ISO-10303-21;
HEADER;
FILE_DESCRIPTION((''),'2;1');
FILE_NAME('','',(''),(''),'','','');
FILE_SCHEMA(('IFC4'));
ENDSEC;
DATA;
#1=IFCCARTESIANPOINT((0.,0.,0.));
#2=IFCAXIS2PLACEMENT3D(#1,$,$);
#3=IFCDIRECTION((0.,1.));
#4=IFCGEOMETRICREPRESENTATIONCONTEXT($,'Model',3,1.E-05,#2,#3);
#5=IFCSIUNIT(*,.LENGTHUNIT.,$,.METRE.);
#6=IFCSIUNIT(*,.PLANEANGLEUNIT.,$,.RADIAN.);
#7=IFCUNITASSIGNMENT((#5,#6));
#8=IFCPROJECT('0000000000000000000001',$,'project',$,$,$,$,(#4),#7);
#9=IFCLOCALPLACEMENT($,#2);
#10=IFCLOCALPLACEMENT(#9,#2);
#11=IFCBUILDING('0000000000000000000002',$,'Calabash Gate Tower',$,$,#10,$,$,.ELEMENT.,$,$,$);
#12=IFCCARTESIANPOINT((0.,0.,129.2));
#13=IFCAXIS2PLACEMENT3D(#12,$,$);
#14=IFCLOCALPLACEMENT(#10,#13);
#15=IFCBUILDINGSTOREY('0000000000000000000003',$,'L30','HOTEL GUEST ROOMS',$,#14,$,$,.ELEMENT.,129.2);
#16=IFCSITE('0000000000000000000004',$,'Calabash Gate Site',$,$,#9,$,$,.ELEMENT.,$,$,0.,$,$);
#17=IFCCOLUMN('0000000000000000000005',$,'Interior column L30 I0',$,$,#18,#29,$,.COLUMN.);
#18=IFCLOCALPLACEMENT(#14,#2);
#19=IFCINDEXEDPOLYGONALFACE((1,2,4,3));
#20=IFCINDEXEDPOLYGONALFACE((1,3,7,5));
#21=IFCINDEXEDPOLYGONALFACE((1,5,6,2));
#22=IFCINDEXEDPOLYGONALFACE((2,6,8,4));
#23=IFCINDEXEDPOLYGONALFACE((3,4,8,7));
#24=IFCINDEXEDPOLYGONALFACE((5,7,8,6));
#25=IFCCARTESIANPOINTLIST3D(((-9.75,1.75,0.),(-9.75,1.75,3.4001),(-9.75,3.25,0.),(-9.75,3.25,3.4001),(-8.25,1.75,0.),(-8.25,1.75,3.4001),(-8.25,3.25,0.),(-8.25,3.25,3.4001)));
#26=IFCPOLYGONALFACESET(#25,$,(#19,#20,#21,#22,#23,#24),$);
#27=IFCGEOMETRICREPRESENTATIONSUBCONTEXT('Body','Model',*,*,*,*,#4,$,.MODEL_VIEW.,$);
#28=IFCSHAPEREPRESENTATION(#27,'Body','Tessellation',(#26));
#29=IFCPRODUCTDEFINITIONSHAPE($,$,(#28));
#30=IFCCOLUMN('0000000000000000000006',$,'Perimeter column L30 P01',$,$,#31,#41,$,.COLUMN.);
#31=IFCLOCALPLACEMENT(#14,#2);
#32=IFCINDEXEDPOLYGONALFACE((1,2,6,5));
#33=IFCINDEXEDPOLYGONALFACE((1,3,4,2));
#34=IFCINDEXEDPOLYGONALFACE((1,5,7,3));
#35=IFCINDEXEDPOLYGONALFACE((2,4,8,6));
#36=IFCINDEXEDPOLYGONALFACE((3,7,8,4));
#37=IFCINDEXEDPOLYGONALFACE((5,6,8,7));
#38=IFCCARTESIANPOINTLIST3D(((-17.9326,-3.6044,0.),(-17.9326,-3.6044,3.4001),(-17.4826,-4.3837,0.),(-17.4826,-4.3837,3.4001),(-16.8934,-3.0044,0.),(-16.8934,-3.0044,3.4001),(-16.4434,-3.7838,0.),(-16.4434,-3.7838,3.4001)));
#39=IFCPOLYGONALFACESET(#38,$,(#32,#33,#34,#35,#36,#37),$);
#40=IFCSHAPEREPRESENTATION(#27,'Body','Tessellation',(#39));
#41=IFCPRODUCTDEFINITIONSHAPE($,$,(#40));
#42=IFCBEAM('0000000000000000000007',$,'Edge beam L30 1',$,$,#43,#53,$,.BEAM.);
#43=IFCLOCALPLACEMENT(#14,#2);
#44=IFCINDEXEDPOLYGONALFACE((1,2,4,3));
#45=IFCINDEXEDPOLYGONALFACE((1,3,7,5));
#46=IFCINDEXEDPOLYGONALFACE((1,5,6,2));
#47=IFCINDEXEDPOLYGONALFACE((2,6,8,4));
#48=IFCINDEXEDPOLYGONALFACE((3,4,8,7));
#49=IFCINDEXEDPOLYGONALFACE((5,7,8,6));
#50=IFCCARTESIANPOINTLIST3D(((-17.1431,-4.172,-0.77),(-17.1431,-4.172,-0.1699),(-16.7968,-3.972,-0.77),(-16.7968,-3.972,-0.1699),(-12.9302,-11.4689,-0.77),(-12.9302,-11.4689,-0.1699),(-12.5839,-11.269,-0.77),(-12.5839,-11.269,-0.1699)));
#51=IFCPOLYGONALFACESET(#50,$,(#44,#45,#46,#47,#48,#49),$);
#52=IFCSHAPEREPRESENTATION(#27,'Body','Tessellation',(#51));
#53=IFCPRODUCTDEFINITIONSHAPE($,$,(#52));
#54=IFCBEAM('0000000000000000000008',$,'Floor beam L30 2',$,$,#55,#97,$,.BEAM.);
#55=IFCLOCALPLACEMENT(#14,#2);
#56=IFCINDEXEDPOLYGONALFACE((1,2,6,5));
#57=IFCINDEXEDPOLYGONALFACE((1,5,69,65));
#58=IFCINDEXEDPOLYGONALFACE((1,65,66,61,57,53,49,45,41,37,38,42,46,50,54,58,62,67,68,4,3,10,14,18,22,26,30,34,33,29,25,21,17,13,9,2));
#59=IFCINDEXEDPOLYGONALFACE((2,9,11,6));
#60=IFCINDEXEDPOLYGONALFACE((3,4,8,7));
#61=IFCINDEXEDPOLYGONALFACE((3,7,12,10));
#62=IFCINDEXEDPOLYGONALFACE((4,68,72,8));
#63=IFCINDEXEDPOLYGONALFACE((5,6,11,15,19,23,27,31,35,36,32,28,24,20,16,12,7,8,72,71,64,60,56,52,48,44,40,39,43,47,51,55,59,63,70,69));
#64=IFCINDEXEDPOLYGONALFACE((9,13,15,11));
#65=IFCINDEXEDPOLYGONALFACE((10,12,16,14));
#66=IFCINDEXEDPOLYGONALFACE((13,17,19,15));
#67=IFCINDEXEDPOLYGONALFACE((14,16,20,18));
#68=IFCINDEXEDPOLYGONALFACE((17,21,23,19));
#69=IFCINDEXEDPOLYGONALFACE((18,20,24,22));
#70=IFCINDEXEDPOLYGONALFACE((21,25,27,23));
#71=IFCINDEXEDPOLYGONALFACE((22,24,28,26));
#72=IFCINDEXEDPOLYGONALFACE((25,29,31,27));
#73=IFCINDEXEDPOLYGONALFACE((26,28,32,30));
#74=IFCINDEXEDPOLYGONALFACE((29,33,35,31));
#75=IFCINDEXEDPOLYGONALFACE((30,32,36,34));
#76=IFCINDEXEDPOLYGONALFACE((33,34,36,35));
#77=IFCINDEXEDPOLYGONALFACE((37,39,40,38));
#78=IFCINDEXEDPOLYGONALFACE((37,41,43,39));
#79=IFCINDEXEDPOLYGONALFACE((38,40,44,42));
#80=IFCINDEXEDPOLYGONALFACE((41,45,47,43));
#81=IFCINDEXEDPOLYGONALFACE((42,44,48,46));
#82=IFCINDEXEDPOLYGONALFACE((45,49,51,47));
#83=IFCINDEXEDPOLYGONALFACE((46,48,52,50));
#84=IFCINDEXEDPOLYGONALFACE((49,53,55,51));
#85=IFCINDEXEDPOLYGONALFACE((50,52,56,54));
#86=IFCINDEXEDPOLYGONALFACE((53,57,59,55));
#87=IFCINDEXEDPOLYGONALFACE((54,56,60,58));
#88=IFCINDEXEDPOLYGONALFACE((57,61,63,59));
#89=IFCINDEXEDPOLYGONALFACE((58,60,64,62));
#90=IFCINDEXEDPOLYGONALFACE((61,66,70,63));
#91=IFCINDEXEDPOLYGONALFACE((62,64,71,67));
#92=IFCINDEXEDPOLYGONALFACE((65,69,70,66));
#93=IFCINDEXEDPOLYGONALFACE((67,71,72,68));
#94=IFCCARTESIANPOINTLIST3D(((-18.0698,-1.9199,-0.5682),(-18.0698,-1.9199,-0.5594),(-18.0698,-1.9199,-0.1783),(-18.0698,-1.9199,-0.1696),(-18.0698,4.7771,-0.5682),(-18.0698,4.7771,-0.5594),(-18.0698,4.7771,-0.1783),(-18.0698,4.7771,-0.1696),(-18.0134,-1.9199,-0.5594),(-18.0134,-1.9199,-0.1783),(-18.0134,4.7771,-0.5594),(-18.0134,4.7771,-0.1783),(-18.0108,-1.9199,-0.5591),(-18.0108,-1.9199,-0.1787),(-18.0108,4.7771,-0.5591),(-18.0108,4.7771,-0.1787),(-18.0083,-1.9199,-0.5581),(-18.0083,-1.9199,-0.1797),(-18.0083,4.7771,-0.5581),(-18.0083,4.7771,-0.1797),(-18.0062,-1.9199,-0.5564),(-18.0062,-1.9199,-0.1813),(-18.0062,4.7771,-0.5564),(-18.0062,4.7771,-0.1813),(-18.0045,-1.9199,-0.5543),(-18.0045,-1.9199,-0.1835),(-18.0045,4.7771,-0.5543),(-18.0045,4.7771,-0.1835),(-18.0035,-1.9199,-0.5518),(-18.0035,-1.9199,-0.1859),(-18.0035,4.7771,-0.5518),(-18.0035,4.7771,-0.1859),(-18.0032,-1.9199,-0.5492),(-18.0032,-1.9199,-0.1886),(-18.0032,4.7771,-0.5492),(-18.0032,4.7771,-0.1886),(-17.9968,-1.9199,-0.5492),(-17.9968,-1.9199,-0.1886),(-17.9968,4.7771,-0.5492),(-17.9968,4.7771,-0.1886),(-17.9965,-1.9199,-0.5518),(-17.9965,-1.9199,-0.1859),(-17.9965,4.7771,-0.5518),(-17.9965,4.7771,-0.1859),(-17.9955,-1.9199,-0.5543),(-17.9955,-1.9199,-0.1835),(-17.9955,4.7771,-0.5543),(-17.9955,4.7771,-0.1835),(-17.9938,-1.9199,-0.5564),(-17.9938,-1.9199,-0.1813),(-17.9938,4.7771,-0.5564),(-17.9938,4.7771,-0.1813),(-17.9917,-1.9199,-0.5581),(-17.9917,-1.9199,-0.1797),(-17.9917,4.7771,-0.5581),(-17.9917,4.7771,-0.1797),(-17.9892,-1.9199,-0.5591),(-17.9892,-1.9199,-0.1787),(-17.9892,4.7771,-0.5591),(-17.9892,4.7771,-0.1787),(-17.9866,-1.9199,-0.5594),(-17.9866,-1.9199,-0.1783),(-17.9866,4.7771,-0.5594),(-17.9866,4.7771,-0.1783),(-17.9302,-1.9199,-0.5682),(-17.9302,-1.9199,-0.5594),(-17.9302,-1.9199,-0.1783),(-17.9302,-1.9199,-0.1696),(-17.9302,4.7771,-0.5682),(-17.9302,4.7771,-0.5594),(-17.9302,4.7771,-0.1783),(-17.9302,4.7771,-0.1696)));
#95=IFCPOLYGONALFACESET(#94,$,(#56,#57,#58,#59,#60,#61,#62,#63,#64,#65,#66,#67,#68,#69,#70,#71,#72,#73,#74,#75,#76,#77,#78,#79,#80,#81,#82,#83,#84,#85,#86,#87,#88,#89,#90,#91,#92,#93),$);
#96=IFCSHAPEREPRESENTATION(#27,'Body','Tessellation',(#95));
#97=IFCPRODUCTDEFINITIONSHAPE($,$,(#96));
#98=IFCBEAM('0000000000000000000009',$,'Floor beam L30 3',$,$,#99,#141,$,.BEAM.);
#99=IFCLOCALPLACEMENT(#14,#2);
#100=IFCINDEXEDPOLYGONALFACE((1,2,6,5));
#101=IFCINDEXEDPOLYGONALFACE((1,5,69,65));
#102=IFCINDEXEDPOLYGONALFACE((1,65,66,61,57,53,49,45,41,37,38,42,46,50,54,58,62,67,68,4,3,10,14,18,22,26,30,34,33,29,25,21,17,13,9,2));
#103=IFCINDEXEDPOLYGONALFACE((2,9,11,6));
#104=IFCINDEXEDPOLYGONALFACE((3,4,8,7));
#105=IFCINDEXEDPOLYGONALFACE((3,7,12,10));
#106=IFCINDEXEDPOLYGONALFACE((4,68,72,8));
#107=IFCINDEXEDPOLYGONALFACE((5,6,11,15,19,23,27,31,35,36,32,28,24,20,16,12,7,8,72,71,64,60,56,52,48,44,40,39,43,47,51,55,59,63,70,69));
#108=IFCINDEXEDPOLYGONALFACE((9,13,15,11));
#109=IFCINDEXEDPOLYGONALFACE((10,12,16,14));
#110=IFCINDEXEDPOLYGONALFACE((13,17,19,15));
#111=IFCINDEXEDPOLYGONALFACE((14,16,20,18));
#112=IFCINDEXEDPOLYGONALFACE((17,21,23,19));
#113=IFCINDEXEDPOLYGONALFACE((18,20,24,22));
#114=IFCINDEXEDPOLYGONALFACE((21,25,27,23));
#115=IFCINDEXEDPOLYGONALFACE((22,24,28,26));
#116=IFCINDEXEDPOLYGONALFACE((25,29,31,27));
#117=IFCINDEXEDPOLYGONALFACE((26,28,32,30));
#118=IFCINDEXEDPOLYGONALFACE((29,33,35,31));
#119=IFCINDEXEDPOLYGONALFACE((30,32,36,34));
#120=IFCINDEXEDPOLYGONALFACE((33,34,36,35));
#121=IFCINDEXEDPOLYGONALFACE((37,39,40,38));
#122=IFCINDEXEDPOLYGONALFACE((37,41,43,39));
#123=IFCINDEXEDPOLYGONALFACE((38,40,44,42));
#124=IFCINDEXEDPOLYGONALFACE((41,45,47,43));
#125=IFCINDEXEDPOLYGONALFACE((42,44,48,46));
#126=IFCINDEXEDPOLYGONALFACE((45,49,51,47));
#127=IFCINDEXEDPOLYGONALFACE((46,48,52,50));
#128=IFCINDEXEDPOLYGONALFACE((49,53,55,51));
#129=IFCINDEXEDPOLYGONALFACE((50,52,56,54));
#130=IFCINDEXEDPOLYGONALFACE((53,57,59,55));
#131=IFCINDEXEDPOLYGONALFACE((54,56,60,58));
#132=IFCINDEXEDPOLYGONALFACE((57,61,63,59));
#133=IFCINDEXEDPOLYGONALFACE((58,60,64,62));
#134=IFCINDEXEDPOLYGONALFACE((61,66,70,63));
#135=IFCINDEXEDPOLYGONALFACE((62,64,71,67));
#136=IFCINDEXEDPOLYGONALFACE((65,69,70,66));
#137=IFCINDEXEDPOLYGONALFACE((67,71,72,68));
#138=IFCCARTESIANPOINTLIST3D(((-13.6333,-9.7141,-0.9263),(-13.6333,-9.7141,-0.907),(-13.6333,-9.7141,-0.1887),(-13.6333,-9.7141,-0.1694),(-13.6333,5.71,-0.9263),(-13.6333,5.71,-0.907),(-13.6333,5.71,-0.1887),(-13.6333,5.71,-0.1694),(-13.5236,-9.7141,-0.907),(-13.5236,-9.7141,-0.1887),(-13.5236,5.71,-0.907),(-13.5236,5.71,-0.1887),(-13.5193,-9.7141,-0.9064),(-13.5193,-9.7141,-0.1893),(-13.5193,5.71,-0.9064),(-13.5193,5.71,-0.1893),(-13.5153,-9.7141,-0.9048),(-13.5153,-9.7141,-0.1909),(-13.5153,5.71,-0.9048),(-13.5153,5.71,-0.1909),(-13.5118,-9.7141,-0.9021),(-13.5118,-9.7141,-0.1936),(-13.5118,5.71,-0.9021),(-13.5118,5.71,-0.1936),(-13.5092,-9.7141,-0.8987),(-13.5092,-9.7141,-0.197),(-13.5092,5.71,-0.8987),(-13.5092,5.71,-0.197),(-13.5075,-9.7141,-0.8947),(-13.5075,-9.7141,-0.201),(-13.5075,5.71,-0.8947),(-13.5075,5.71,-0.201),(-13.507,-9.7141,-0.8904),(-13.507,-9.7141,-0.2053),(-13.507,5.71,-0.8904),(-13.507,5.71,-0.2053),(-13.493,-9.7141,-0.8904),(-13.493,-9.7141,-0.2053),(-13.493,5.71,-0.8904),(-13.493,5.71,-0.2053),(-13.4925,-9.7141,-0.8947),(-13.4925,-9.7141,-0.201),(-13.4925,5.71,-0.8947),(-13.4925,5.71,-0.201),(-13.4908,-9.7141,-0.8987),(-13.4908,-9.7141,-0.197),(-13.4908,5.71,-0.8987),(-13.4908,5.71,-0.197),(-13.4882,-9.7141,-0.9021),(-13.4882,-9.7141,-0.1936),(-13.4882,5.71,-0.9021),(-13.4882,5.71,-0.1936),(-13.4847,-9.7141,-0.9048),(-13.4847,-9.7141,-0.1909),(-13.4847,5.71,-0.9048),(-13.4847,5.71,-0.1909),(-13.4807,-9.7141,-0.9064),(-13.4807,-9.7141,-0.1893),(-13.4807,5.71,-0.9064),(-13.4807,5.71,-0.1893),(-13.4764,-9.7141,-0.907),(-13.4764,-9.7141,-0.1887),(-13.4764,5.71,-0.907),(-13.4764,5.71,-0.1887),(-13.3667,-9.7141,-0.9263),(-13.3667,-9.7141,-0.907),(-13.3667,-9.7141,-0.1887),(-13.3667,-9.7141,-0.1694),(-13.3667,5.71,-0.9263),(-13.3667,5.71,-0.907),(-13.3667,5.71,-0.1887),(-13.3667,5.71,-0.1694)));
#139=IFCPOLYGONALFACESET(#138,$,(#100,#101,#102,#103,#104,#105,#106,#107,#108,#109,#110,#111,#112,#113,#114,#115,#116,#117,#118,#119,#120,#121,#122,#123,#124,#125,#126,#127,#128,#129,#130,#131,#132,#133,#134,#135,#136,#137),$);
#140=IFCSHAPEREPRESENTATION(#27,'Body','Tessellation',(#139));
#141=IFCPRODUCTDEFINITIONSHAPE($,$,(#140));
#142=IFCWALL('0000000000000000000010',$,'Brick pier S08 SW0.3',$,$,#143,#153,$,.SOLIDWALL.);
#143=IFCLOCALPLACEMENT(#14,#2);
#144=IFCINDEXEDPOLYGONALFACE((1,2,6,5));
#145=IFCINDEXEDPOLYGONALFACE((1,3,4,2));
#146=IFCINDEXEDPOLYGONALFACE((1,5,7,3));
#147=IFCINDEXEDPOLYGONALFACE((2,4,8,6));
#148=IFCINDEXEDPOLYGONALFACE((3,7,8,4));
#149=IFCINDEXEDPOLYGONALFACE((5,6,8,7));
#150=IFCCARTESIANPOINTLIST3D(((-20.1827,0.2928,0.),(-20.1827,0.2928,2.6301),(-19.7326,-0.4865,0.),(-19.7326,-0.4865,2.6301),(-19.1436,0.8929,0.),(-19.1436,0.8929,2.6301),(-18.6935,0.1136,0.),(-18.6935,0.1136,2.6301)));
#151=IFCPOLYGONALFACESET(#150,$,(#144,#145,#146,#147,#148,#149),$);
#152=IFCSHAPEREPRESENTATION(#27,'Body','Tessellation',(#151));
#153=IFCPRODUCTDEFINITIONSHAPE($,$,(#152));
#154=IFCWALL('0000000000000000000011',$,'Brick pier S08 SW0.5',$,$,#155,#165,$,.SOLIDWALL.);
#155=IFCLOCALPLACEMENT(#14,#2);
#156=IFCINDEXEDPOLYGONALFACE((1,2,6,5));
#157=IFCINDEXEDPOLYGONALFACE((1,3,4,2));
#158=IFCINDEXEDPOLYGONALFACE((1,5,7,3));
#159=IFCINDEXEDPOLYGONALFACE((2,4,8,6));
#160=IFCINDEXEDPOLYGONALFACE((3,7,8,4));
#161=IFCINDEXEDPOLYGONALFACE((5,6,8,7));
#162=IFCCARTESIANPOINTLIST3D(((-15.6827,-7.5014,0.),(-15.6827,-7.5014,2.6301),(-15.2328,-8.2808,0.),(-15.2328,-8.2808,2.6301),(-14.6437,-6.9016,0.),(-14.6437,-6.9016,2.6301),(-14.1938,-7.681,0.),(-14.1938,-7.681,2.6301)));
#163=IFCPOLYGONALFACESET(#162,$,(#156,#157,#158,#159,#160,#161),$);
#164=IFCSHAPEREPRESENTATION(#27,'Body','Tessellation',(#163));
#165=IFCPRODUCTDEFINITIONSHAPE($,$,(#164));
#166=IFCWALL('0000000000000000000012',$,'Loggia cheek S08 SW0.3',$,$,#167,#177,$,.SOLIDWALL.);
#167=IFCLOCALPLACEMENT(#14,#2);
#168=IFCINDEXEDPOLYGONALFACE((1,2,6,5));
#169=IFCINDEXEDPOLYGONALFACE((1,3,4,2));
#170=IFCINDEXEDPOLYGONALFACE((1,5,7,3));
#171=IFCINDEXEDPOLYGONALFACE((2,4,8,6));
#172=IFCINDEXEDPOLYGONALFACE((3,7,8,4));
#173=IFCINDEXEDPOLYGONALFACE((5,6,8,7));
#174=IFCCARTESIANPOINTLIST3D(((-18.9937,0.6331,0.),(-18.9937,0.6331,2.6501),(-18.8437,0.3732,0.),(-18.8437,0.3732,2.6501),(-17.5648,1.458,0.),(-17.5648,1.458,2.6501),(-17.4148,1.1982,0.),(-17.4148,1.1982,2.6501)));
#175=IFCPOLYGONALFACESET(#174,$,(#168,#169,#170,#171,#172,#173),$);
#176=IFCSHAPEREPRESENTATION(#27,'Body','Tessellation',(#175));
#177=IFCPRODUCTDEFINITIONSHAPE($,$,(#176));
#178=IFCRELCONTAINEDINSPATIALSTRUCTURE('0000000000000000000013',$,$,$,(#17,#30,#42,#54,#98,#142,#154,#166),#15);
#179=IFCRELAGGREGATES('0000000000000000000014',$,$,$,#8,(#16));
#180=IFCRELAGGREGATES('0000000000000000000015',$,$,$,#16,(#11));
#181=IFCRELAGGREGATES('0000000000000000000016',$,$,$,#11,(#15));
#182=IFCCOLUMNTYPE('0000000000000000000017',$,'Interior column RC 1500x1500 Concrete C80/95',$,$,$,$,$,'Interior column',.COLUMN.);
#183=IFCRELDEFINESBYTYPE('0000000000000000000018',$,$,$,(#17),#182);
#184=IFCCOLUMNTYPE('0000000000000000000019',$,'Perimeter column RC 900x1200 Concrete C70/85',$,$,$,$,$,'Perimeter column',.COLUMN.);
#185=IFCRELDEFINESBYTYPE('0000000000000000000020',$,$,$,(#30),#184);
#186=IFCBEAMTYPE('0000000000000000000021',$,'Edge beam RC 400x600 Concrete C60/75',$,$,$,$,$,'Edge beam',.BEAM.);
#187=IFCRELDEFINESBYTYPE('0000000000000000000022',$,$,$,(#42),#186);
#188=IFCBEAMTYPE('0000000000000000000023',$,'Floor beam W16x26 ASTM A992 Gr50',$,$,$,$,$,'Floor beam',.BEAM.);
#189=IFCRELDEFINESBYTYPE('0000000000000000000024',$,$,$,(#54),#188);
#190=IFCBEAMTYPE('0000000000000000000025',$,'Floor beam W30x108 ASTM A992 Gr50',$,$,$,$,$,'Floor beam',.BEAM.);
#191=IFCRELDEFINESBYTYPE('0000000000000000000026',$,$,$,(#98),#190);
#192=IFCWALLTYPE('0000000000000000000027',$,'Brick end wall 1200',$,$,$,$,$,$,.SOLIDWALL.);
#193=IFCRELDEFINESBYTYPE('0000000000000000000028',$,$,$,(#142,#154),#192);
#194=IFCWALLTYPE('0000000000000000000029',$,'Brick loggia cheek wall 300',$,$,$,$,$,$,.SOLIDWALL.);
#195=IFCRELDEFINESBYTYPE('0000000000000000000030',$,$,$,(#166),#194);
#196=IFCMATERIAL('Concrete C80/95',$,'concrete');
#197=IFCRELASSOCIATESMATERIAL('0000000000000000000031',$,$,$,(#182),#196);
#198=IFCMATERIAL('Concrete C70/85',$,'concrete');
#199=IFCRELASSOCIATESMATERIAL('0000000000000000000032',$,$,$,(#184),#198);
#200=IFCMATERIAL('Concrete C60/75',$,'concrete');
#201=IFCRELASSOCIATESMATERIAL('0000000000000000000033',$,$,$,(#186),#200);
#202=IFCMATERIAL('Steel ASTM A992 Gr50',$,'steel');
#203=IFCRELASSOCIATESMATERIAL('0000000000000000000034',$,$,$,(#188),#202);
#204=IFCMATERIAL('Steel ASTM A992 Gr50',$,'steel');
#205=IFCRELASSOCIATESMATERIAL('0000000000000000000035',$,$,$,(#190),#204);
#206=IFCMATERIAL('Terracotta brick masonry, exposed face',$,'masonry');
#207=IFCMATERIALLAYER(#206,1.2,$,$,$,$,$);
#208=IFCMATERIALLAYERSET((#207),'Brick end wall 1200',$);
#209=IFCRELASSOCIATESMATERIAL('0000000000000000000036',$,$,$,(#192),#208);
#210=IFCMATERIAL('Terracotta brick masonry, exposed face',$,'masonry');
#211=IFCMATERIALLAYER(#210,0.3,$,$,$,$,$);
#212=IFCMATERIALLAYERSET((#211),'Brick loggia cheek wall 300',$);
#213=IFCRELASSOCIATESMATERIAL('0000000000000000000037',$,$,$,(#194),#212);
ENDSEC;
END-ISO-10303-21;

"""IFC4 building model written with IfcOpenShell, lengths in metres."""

from ifc_helpers import new_model, si_unit, direction, frame, frame_2d, origin, origin_2d, place, context, subcontext, project, spatial, rectangle, i_section, extrude, material, layer, layer_set, material_profile, profile_set, type_object, element, save


model = new_model("IFC4")

# Units and contexts
model_context = context("Model", 3, precision=1e-05, world=origin(), true_north=direction((0.0, 1.0)))
body_context = subcontext(model_context, "Body", "Model", "MODEL_VIEW")
ifc_project = project(units=[si_unit("LENGTHUNIT", "METRE"), si_unit("PLANEANGLEUNIT", "RADIAN")], contexts=[model_context])

# Site, building, storey
site_placement = place(None, origin())
site = spatial("IfcSite", under=ifc_project, at=site_placement, Name="Calabash Gate Site", CompositionType="ELEMENT", RefElevation=0.0)
building_placement = place(site_placement, origin())
building = spatial("IfcBuilding", under=site, at=building_placement, Name="Calabash Gate Tower", CompositionType="ELEMENT")
storey_placement = place(building_placement, frame((0.0, 0.0, 129.2)))
storey = spatial("IfcBuildingStorey", under=building, at=storey_placement, Name="L30", Description="HOTEL GUEST ROOMS", CompositionType="ELEMENT", Elevation=129.2)

# Columns
ifc_material_1 = material(Name="Concrete C80/95", Category="concrete")
ifc_material_profile_1 = material_profile(ifc_material_1, rectangle(XDim=1.5, YDim=1.5, at=origin_2d()))
ifc_profile_set_1 = profile_set([ifc_material_profile_1], Name="Concrete C80/95")
column_type_1 = type_object("IfcColumnType", Name="Interior column RC 1500x1500 Concrete C80/95", ElementType="Interior column", PredefinedType="COLUMN", material=ifc_profile_set_1)
column_1_placement = place(storey_placement, frame((-9.0, 2.5, 0.0), z_axis=(0.0, 0.0, 1.0), x_axis=(1.0, 0.0, 0.0)))
element("IfcColumn", 1, at=column_1_placement, inside=storey, type_object=column_type_1, Name="Interior column L30 I0", PredefinedType="COLUMN", context=body_context, shape_type="SweptSolid", body=[
    extrude(rectangle(XDim=1.5, YDim=1.5, at=origin_2d()), origin(), (0.0, 0.0, 1.0), 3.4001),
])
ifc_material_2 = material(Name="Concrete C70/85", Category="concrete")
ifc_material_profile_2 = material_profile(ifc_material_2, rectangle(XDim=0.8999, YDim=1.2, at=origin_2d()))
ifc_profile_set_2 = profile_set([ifc_material_profile_2], Name="Concrete C70/85")
column_type_2 = type_object("IfcColumnType", Name="Perimeter column RC 900x1200 Concrete C70/85", ElementType="Perimeter column", PredefinedType="COLUMN", material=ifc_profile_set_2)
column_2_placement = place(storey_placement, frame((-17.188, -3.6941, 0.0), z_axis=(0.0, 0.0, 1.0), x_axis=(0.5, -0.866025, 0.0)))
element("IfcColumn", 2, at=column_2_placement, inside=storey, type_object=column_type_2, Name="Perimeter column L30 P01", PredefinedType="COLUMN", context=body_context, shape_type="SweptSolid", body=[
    extrude(rectangle(XDim=0.8999, YDim=1.2, at=origin_2d()), origin(), (0.0, 0.0, 1.0), 3.4001),
])

# Beams
ifc_material_3 = material(Name="Concrete C60/75", Category="concrete")
ifc_material_profile_3 = material_profile(ifc_material_3, rectangle(XDim=0.3999, YDim=0.6001, at=origin_2d()))
ifc_profile_set_3 = profile_set([ifc_material_profile_3], Name="Concrete C60/75")
beam_type_1 = type_object("IfcBeamType", Name="Edge beam RC 400x600 Concrete C60/75", ElementType="Edge beam", PredefinedType="BEAM", material=ifc_profile_set_3)
beam_1_placement = place(storey_placement, frame((-16.97, -4.072, -0.47), z_axis=(0.500003, -0.866023, 0.0), x_axis=(0.866023, 0.500003, 0.0)))
element("IfcBeam", 3, at=beam_1_placement, inside=storey, type_object=beam_type_1, Name="Edge beam L30 1", PredefinedType="BEAM", context=body_context, shape_type="SweptSolid", body=[
    extrude(rectangle(XDim=0.3999, YDim=0.6001, at=origin_2d()), origin(), (0.0, 0.0, 1.0), 8.4258),
])
ifc_material_4 = material(Name="Steel ASTM A992 Gr50", Category="steel")
ifc_material_profile_4 = material_profile(ifc_material_4, i_section(OverallWidth=0.1396, OverallDepth=0.3987, WebThickness=0.0063, FlangeThickness=0.0088, FilletRadius=0.0103, at=origin_2d()))
ifc_profile_set_4 = profile_set([ifc_material_profile_4], Name="Steel ASTM A992 Gr50")
beam_type_2 = type_object("IfcBeamType", Name="Floor beam W16x26 ASTM A992 Gr50", ElementType="Floor beam", PredefinedType="BEAM", material=ifc_profile_set_4)
beam_2_placement = place(storey_placement, frame((-18.0, -1.9199, -0.3689), z_axis=(0.0, 1.0, 0.0), x_axis=(-1.0, 0.0, 0.0)))
element("IfcBeam", 4, at=beam_2_placement, inside=storey, type_object=beam_type_2, Name="Floor beam L30 2", PredefinedType="BEAM", context=body_context, shape_type="SweptSolid", body=[
    extrude(i_section(OverallWidth=0.1396, OverallDepth=0.3987, WebThickness=0.0063, FlangeThickness=0.0088, FilletRadius=0.0103, at=origin_2d()), origin(), (0.0, 0.0, 1.0), 6.697),
])
ifc_material_5 = material(Name="Steel ASTM A992 Gr50", Category="steel")
ifc_material_profile_5 = material_profile(ifc_material_5, i_section(OverallWidth=0.2666, OverallDepth=0.7568, WebThickness=0.0139, FlangeThickness=0.0193, FilletRadius=0.0166, at=origin_2d()))
ifc_profile_set_5 = profile_set([ifc_material_profile_5], Name="Steel ASTM A992 Gr50")
beam_type_3 = type_object("IfcBeamType", Name="Floor beam W30x108 ASTM A992 Gr50", ElementType="Floor beam", PredefinedType="BEAM", material=ifc_profile_set_5)
beam_3_placement = place(storey_placement, frame((-13.5, -9.7141, -0.5479), z_axis=(0.0, 1.0, 0.0), x_axis=(-1.0, 0.0, 0.0)))
element("IfcBeam", 5, at=beam_3_placement, inside=storey, type_object=beam_type_3, Name="Floor beam L30 3", PredefinedType="BEAM", context=body_context, shape_type="SweptSolid", body=[
    extrude(i_section(OverallWidth=0.2666, OverallDepth=0.7568, WebThickness=0.0139, FlangeThickness=0.0193, FilletRadius=0.0166, at=origin_2d()), origin(), (0.0, 0.0, 1.0), 15.4241),
])

# Walls
ifc_material_6 = material(Name="Terracotta brick masonry, exposed face", Category="masonry")
ifc_layer_1 = layer(ifc_material_6, 1.2)
ifc_layer_set_1 = layer_set([ifc_layer_1], Name="Brick end wall 1200")
wall_type_1 = type_object("IfcWallType", Name="Brick end wall 1200", PredefinedType="SOLIDWALL", material=ifc_layer_set_1)
wall_1_placement = place(storey_placement, frame((-19.9578, -0.0969, 0.0), z_axis=(0.0, 0.0, 1.0), x_axis=(0.865955, 0.500122, 0.0)))
element("IfcWall", 6, at=wall_1_placement, inside=storey, type_object=wall_type_1, Name="Brick pier S08 SW0.3", PredefinedType="SOLIDWALL", context=body_context, shape_type="SweptSolid", body=[
    extrude(rectangle(XDim=1.2, YDim=0.8999, at=frame_2d((0.6001, 0.0))), origin(), (0.0, 0.0, 1.0), 2.6301),
])
wall_2_placement = place(storey_placement, frame((-15.4578, -7.8911, 0.0), z_axis=(0.0, 0.0, 1.0), x_axis=(0.866043, 0.499969, 0.0)))
element("IfcWall", 7, at=wall_2_placement, inside=storey, type_object=wall_type_1, Name="Brick pier S08 SW0.5", PredefinedType="SOLIDWALL", context=body_context, shape_type="SweptSolid", body=[
    extrude(rectangle(XDim=1.1997, YDim=0.8999, at=frame_2d((0.5999, 0.0))), origin(), (0.0, 0.0, 1.0), 2.6301),
])
ifc_material_7 = material(Name="Terracotta brick masonry, exposed face", Category="masonry")
ifc_layer_2 = layer(ifc_material_7, 0.3)
ifc_layer_set_2 = layer_set([ifc_layer_2], Name="Brick loggia cheek wall 300")
wall_type_2 = type_object("IfcWallType", Name="Brick loggia cheek wall 300", PredefinedType="SOLIDWALL", material=ifc_layer_set_2)
wall_3_placement = place(storey_placement, frame((-18.9187, 0.5032, 0.0), z_axis=(0.0, 0.0, 1.0), x_axis=(0.86604, 0.499974, 0.0)))
element("IfcWall", 8, at=wall_3_placement, inside=storey, type_object=wall_type_2, Name="Loggia cheek S08 SW0.3", PredefinedType="SOLIDWALL", context=body_context, shape_type="SweptSolid", body=[
    extrude(rectangle(XDim=1.6499, YDim=0.3, at=frame_2d((0.825, 0.0))), origin(), (0.0, 0.0, 1.0), 2.6501),
])

save(model, "model.ifc")
